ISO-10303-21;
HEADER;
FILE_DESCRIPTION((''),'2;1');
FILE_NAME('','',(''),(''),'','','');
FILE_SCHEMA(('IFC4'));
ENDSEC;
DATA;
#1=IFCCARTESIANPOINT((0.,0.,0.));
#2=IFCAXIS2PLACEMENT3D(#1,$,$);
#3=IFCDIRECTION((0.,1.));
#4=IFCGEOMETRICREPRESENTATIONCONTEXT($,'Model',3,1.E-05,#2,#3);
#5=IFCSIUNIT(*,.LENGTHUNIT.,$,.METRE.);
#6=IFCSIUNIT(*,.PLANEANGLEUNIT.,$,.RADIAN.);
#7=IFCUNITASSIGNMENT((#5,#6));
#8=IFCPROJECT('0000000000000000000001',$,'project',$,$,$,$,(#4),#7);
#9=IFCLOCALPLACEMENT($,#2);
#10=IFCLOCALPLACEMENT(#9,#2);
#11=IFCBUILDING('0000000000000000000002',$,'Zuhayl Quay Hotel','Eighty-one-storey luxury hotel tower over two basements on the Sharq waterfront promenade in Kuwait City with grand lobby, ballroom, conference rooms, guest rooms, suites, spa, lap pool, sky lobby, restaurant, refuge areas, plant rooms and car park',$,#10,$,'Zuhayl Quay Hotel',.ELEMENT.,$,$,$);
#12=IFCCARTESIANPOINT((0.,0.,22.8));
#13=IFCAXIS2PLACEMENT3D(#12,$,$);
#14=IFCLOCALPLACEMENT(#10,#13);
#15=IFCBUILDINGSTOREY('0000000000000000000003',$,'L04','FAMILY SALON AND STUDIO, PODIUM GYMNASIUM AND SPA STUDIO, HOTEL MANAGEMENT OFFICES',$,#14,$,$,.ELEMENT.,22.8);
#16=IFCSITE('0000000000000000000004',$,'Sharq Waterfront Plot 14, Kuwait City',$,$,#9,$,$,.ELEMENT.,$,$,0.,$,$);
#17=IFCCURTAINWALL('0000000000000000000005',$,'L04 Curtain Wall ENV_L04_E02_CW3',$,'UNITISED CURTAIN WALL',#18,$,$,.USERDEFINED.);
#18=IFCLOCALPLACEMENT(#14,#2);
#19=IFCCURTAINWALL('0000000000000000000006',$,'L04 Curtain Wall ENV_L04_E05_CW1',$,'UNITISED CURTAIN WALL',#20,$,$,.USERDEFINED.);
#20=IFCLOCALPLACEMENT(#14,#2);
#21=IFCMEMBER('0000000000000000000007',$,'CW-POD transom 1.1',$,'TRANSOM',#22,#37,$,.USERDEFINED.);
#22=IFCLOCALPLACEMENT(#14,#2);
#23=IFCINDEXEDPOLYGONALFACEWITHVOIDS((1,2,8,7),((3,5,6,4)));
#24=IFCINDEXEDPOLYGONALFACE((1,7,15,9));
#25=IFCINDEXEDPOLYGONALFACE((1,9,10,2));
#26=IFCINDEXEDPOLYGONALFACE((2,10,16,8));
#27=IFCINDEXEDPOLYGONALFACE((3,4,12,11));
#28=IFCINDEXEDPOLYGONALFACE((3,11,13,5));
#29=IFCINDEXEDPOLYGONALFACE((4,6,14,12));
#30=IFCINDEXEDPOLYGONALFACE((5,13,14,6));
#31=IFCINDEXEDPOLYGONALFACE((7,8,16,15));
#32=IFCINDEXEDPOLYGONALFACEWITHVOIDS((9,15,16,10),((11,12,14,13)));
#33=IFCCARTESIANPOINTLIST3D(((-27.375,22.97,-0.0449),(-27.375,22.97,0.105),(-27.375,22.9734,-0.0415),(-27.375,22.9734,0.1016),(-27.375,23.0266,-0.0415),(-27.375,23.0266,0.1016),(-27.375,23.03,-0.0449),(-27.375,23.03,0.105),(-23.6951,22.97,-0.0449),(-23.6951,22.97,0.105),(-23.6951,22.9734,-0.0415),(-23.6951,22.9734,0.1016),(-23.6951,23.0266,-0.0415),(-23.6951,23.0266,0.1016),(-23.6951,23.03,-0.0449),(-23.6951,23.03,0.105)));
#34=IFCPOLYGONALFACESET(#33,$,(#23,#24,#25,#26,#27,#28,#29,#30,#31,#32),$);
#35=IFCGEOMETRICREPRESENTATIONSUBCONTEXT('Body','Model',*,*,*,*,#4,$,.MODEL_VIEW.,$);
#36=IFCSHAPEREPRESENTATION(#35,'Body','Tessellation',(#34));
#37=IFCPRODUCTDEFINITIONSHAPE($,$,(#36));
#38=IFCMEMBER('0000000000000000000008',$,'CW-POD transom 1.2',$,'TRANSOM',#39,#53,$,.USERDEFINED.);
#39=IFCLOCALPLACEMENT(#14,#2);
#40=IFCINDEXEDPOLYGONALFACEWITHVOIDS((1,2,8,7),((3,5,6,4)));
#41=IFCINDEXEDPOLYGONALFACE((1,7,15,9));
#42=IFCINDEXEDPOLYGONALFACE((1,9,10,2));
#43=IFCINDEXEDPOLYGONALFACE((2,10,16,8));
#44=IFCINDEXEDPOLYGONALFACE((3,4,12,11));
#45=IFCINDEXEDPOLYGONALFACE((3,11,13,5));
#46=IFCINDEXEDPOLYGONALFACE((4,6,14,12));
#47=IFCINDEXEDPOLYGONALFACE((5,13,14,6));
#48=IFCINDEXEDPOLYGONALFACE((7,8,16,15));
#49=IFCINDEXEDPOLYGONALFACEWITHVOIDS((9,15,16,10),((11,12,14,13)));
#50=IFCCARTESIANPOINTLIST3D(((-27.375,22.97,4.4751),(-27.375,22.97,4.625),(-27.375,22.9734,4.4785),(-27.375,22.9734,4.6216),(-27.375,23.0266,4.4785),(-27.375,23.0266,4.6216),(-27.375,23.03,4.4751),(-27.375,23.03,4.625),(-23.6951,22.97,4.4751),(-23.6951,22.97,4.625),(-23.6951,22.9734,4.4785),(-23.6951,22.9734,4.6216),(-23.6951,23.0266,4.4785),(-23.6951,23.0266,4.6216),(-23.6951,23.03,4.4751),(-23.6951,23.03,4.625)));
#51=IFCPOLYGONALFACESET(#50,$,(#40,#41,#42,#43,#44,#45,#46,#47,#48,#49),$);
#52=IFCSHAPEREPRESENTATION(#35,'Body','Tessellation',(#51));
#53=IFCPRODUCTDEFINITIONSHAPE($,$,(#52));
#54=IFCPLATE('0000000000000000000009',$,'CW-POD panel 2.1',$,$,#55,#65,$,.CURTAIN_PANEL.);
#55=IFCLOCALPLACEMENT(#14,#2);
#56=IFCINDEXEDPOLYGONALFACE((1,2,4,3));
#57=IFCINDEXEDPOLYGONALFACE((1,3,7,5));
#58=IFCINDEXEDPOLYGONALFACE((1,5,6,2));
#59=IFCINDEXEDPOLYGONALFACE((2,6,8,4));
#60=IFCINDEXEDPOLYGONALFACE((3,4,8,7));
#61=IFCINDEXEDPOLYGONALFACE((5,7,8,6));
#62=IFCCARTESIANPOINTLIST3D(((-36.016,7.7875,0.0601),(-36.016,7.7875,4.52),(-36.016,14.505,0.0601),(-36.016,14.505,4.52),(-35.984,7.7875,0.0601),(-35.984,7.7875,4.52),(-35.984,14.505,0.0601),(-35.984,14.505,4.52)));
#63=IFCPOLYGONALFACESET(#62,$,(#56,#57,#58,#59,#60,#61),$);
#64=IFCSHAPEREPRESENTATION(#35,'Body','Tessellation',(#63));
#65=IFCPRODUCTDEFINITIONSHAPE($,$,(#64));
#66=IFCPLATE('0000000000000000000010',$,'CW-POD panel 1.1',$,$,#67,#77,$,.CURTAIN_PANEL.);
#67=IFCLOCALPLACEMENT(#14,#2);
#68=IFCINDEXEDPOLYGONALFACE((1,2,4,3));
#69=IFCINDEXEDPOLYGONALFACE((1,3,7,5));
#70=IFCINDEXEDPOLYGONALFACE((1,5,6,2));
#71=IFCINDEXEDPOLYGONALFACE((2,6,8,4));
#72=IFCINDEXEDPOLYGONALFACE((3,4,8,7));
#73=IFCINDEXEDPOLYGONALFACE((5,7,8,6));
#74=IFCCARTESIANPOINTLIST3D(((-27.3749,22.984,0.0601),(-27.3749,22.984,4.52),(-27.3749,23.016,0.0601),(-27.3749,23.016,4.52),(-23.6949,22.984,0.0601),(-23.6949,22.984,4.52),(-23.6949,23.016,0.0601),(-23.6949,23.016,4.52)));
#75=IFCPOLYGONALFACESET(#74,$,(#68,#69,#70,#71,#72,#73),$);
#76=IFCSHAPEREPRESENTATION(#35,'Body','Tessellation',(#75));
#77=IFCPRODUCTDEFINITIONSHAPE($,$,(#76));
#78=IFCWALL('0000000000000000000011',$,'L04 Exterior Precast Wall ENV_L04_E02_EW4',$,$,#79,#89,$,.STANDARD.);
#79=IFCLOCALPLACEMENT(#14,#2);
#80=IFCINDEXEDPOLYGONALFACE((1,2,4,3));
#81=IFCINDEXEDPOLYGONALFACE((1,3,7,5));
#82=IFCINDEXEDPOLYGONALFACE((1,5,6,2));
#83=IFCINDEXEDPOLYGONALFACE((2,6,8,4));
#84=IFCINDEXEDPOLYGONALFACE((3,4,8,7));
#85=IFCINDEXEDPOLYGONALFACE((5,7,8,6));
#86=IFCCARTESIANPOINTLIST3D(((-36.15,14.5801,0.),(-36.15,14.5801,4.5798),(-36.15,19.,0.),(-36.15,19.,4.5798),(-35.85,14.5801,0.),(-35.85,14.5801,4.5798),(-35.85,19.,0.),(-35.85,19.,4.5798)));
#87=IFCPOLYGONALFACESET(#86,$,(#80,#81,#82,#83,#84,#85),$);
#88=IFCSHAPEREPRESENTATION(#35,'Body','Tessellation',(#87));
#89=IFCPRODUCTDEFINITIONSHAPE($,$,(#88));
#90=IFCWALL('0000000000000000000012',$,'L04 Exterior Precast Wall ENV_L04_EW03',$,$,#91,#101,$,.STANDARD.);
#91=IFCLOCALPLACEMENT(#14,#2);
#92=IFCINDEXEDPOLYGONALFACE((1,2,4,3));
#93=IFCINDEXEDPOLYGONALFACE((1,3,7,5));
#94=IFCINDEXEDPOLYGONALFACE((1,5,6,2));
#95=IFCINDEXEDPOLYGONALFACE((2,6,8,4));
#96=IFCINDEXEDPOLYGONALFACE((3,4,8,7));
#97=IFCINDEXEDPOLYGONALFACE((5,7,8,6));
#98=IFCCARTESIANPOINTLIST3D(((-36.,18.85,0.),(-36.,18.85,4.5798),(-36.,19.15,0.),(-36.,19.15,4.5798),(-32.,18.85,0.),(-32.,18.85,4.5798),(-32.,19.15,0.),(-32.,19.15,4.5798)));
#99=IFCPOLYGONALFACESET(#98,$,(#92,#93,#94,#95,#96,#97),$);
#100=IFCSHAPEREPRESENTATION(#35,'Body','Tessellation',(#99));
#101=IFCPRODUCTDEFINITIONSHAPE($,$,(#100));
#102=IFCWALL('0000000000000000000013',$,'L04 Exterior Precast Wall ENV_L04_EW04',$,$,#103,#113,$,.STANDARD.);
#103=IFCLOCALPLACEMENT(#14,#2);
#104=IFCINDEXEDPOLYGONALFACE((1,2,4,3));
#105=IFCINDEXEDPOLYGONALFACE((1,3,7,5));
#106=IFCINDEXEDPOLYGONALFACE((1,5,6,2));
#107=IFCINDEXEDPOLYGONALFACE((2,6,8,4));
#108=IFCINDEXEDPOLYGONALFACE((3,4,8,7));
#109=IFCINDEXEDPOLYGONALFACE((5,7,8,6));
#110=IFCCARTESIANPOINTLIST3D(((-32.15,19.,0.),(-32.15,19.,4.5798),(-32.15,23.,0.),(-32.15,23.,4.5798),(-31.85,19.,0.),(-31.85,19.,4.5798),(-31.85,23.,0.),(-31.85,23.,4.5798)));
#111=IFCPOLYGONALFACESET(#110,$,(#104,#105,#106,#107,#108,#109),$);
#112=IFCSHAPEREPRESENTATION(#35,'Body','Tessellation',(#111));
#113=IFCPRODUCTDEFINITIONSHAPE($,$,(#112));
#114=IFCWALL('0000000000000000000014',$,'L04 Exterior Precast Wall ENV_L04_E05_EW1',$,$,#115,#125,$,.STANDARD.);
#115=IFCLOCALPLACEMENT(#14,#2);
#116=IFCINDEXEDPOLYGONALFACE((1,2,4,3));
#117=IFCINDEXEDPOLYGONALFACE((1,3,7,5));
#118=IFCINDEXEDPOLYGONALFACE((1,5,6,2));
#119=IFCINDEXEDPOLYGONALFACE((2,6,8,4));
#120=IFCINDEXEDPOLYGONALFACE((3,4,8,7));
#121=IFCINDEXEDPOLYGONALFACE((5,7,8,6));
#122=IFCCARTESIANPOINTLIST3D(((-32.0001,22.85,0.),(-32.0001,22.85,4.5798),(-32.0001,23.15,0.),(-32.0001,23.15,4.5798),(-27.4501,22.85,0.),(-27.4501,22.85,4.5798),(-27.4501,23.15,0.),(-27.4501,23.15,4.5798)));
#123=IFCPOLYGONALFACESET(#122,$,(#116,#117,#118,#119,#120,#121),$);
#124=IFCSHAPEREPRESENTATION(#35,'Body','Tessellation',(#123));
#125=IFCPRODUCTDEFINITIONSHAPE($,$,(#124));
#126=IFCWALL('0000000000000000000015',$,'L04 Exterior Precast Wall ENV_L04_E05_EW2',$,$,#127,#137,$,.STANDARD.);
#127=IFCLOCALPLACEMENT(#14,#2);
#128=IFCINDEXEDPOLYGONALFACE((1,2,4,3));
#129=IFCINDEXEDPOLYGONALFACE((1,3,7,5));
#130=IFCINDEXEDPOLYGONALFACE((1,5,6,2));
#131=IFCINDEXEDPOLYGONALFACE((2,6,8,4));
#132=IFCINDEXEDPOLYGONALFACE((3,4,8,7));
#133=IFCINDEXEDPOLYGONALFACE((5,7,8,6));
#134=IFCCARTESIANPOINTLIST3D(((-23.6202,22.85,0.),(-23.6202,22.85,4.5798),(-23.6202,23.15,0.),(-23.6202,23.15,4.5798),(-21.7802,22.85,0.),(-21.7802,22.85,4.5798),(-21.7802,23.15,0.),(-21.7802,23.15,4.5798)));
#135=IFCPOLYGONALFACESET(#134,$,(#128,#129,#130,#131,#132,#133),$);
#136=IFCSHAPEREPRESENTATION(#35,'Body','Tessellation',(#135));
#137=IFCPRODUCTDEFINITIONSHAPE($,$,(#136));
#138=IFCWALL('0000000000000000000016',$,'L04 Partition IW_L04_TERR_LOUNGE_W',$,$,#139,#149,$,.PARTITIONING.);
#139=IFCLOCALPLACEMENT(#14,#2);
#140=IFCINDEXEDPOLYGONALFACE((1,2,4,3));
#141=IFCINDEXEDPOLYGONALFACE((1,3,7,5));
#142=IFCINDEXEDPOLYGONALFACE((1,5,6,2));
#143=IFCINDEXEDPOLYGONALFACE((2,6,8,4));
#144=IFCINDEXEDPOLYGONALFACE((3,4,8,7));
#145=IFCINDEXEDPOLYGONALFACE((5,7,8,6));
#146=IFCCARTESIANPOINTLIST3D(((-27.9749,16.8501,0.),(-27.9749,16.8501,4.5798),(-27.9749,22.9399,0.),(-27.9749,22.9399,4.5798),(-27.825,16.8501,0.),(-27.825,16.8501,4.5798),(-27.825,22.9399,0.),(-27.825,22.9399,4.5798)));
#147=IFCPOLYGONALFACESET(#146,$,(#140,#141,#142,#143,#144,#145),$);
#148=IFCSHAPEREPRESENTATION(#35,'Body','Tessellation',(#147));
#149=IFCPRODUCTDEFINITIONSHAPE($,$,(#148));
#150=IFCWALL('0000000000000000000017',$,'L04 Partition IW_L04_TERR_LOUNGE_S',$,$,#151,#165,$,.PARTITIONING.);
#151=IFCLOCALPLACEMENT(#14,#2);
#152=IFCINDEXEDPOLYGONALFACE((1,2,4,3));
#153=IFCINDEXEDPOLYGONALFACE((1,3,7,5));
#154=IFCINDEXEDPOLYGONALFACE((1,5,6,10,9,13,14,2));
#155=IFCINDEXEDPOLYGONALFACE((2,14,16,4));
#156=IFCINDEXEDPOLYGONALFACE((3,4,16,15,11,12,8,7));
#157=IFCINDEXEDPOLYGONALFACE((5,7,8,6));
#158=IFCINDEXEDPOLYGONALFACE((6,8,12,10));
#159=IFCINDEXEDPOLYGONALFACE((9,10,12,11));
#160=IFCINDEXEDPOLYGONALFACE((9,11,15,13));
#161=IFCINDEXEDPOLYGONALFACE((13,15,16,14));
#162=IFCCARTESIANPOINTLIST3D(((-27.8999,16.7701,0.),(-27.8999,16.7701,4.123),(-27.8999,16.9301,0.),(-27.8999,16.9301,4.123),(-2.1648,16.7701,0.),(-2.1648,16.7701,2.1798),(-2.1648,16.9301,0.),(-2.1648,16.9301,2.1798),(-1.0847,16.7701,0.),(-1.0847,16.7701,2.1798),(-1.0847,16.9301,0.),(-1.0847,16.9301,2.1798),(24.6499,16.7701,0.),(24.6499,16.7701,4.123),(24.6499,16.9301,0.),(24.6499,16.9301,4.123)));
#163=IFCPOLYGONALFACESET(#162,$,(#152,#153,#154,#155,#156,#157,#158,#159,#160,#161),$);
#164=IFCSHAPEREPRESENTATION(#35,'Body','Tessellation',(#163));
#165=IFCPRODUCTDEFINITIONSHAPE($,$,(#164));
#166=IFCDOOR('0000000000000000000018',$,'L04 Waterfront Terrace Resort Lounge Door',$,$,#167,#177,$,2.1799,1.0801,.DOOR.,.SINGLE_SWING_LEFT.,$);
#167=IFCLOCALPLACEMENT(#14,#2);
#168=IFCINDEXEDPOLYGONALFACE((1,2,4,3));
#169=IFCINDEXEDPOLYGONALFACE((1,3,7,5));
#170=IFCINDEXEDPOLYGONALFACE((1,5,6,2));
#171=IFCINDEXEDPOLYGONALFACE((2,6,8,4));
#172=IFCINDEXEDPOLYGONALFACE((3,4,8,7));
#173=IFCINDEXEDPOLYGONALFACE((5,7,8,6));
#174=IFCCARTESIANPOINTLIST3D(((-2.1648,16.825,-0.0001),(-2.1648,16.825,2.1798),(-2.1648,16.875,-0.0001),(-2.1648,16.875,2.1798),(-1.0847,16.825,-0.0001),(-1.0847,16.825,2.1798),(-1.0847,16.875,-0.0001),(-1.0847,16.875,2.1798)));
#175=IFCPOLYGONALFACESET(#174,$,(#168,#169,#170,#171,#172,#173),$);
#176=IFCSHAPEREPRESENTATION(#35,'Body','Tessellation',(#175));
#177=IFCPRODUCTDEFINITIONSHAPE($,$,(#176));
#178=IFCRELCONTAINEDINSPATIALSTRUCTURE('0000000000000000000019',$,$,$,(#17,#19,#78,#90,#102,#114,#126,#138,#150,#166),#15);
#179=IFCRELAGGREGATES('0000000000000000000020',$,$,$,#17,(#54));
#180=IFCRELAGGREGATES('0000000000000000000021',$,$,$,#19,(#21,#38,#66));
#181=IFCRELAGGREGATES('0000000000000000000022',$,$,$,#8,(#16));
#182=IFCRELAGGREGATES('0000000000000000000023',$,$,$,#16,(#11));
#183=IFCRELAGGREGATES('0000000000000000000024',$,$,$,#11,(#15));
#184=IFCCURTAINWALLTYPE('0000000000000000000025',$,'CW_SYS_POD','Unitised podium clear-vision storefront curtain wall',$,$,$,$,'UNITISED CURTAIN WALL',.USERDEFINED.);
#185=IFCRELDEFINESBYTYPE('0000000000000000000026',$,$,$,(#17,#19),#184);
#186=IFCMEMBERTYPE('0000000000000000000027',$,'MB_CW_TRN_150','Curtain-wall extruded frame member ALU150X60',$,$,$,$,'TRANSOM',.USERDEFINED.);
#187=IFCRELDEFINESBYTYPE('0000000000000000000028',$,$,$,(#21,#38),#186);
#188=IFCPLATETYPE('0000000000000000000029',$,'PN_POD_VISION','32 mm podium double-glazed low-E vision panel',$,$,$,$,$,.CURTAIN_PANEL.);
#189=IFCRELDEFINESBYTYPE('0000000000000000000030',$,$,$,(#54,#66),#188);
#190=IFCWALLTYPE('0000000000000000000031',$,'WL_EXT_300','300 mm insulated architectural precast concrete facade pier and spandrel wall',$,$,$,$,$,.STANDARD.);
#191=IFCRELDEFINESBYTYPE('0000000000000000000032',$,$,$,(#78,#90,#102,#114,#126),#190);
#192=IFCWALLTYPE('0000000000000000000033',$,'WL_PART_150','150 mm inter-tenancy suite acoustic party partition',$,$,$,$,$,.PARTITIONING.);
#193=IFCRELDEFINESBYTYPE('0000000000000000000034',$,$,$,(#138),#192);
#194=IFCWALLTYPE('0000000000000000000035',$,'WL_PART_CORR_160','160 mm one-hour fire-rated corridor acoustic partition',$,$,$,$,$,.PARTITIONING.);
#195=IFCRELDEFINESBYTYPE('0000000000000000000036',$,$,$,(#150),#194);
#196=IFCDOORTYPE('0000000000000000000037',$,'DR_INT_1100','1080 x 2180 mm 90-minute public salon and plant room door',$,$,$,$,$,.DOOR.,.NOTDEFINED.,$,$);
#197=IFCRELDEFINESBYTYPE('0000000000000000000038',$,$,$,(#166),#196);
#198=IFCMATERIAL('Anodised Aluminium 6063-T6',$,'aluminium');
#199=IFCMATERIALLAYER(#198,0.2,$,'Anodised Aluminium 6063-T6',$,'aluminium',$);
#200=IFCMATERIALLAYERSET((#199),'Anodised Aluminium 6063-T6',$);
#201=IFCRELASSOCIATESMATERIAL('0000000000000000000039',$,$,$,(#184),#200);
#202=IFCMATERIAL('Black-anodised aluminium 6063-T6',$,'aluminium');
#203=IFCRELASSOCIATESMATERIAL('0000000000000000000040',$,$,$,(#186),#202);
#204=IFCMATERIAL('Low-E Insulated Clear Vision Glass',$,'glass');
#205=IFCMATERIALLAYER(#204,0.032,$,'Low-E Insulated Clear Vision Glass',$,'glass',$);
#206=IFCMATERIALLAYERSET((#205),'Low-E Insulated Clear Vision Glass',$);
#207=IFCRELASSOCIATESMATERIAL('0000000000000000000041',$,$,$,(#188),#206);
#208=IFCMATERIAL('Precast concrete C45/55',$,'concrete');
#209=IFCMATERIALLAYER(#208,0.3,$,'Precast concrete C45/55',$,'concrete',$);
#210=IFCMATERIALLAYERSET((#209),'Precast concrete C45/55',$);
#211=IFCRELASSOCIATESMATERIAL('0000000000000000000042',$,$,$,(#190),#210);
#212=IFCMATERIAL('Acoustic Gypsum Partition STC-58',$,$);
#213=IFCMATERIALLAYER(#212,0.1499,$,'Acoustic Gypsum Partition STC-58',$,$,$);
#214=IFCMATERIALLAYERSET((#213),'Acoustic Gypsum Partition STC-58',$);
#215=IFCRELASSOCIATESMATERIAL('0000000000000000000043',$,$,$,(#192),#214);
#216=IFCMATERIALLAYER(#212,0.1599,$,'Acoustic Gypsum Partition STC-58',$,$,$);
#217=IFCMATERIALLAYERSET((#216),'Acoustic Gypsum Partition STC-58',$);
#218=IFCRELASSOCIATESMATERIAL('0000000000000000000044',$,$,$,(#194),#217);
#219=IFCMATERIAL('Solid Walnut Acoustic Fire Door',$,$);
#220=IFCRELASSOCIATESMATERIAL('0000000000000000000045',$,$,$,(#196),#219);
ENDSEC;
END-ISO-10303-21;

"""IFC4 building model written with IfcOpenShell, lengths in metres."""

from ifc_helpers import new_model, si_unit, direction, frame, frame_2d, origin, origin_2d, place, context, subcontext, project, spatial, rectangle, hollow_rectangle, extrude, material, layer, layer_set, material_profile, profile_set, type_object, element, fill, aggregate, save


model = new_model("IFC4")

# Units and contexts
model_context = context("Model", 3, precision=1e-05, world=origin(), true_north=direction((0.0, 1.0)))
body_context = subcontext(model_context, "Body", "Model", "MODEL_VIEW")
ifc_project = project(units=[si_unit("LENGTHUNIT", "METRE"), si_unit("PLANEANGLEUNIT", "RADIAN")], contexts=[model_context])

# Site, building, storey
site_placement = place(None, origin())
site = spatial("IfcSite", under=ifc_project, at=site_placement, Name="Sharq Waterfront Plot 14, Kuwait City", CompositionType="ELEMENT", RefElevation=0.0)
building_placement = place(site_placement, origin())
building = spatial("IfcBuilding", under=site, at=building_placement, Name="Zuhayl Quay Hotel", Description="Eighty-one-storey luxury hotel tower over two basements on the Sharq waterfront promenade in Kuwait City with grand lobby, ballroom, conference rooms, guest rooms, suites, spa, lap pool, sky lobby, restaurant, refuge areas, plant rooms and car park", LongName="Zuhayl Quay Hotel", CompositionType="ELEMENT")
storey_placement = place(building_placement, frame((0.0, 0.0, 22.8)))
storey = spatial("IfcBuildingStorey", under=building, at=storey_placement, Name="L04", Description="FAMILY SALON AND STUDIO, PODIUM GYMNASIUM AND SPA STUDIO, HOTEL MANAGEMENT OFFICES", CompositionType="ELEMENT", Elevation=22.8)

# Curtain walls
ifc_material_1 = material(Name="Anodised Aluminium 6063-T6", Category="aluminium")
ifc_layer_1 = layer(ifc_material_1, 0.2, Name="Anodised Aluminium 6063-T6", Category="aluminium")
ifc_layer_set_1 = layer_set([ifc_layer_1], Name="Anodised Aluminium 6063-T6")
curtain_wall_type = type_object("IfcCurtainWallType", Name="CW_SYS_POD", Description="Unitised podium clear-vision storefront curtain wall", ElementType="UNITISED CURTAIN WALL", PredefinedType="USERDEFINED", material=ifc_layer_set_1)
curtain_wall_1_placement = place(storey_placement, origin())
curtain_wall_1 = element("IfcCurtainWall", 1, at=curtain_wall_1_placement, inside=storey, type_object=curtain_wall_type, Name="L04 Curtain Wall ENV_L04_E02_CW3", ObjectType="UNITISED CURTAIN WALL", PredefinedType="USERDEFINED")
ifc_material_2 = material(Name="Black-anodised aluminium 6063-T6", Category="aluminium")
curtain_wall_2_placement = place(storey_placement, origin())
curtain_wall_2 = element("IfcCurtainWall", 2, at=curtain_wall_2_placement, inside=storey, type_object=curtain_wall_type, Name="L04 Curtain Wall ENV_L04_E05_CW1", ObjectType="UNITISED CURTAIN WALL", PredefinedType="USERDEFINED")

# Members
ifc_material_profile_1 = material_profile(ifc_material_2, hollow_rectangle(XDim=0.0601, YDim=0.1499, WallThickness=0.0034, at=origin_2d()), Name="ALU150X60")
ifc_profile_set_1 = profile_set([ifc_material_profile_1], Name="Black-anodised aluminium 6063-T6")
member_type_1 = type_object("IfcMemberType", Name="MB_CW_TRN_150", Description="Curtain-wall extruded frame member ALU150X60", ElementType="TRANSOM", PredefinedType="USERDEFINED", material=ifc_profile_set_1)
member_1_placement = place(storey_placement, frame((-27.375, 23.0, 0.03), z_axis=(1.0, 0.0, 0.0), x_axis=(0.0, 1.0, 0.0)))
member_1 = element("IfcMember", 3, at=member_1_placement, type_object=member_type_1, Name="CW-POD transom 1.1", ObjectType="TRANSOM", PredefinedType="USERDEFINED", context=body_context, shape_type="SweptSolid", body=[
    extrude(hollow_rectangle(XDim=0.0601, YDim=0.1499, WallThickness=0.0034, at=origin_2d()), origin(), (0.0, 0.0, 1.0), 3.6799),
])
member_2_placement = place(storey_placement, frame((-27.375, 23.0, 4.55), z_axis=(1.0, 0.0, 0.0), x_axis=(0.0, 1.0, 0.0)))
member_2 = element("IfcMember", 4, at=member_2_placement, type_object=member_type_1, Name="CW-POD transom 1.2", ObjectType="TRANSOM", PredefinedType="USERDEFINED", context=body_context, shape_type="SweptSolid", body=[
    extrude(hollow_rectangle(XDim=0.0601, YDim=0.1499, WallThickness=0.0034, at=origin_2d()), origin(), (0.0, 0.0, 1.0), 3.6799),
])

# Plates
ifc_material_3 = material(Name="Low-E Insulated Clear Vision Glass", Category="glass")
ifc_layer_2 = layer(ifc_material_3, 0.032, Name="Low-E Insulated Clear Vision Glass", Category="glass")
ifc_layer_set_2 = layer_set([ifc_layer_2], Name="Low-E Insulated Clear Vision Glass")
plate_type = type_object("IfcPlateType", Name="PN_POD_VISION", Description="32 mm podium double-glazed low-E vision panel", PredefinedType="CURTAIN_PANEL", material=ifc_layer_set_2)
plate_1_placement = place(storey_placement, frame((-36.0, 11.1462, 0.0601), z_axis=(0.0, 0.0, 1.0), x_axis=(0.0, 1.0, 0.0)))
plate_1 = element("IfcPlate", 5, at=plate_1_placement, type_object=plate_type, Name="CW-POD panel 2.1", PredefinedType="CURTAIN_PANEL", context=body_context, shape_type="SweptSolid", body=[
    extrude(rectangle(XDim=6.7175, YDim=0.032, at=origin_2d()), origin(), (0.0, 0.0, 1.0), 4.46),
])
aggregate(curtain_wall_1, [plate_1])
plate_2_placement = place(storey_placement, frame((-25.5349, 23.0, 0.0601), z_axis=(0.0, 0.0, 1.0), x_axis=(1.0, 0.0, 0.0)))
plate_2 = element("IfcPlate", 6, at=plate_2_placement, type_object=plate_type, Name="CW-POD panel 1.1", PredefinedType="CURTAIN_PANEL", context=body_context, shape_type="SweptSolid", body=[
    extrude(rectangle(XDim=3.6799, YDim=0.032, at=origin_2d()), origin(), (0.0, 0.0, 1.0), 4.46),
])
aggregate(curtain_wall_2, [member_1, member_2, plate_2])

# Walls
ifc_material_4 = material(Name="Precast concrete C45/55", Category="concrete")
ifc_layer_3 = layer(ifc_material_4, 0.3, Name="Precast concrete C45/55", Category="concrete")
ifc_layer_set_3 = layer_set([ifc_layer_3], Name="Precast concrete C45/55")
wall_type_1 = type_object("IfcWallType", Name="WL_EXT_300", Description="300 mm insulated architectural precast concrete facade pier and spandrel wall", PredefinedType="STANDARD", material=ifc_layer_set_3)
wall_1_placement = place(storey_placement, frame((-36.0, 14.5801, 0.0), z_axis=(0.0, 0.0, 1.0), x_axis=(0.0, 1.0, 0.0)))
element("IfcWall", 7, at=wall_1_placement, inside=storey, type_object=wall_type_1, Name="L04 Exterior Precast Wall ENV_L04_E02_EW4", PredefinedType="STANDARD", context=body_context, shape_type="SweptSolid", body=[
    extrude(rectangle(XDim=4.4199, YDim=0.3, at=frame_2d((2.21, 0.0))), origin(), (0.0, 0.0, 1.0), 4.5798),
])
for number, where, z_axis, x_axis, name in (
    (8, (-36.0, 19.0, 0.0), (0.0, 0.0, 1.0), (1.0, 0.0, 0.0), "L04 Exterior Precast Wall ENV_L04_EW03"),
    (9, (-32.0, 19.0, 0.0), (0.0, 0.0, 1.0), (0.0, 1.0, 0.0), "L04 Exterior Precast Wall ENV_L04_EW04"),
):
    element("IfcWall", number, at=place(storey_placement, frame(where, z_axis=z_axis, x_axis=x_axis)), inside=storey, type_object=wall_type_1, Name=name, PredefinedType="STANDARD", context=body_context, shape_type="SweptSolid", body=[
        extrude(rectangle(XDim=4.0, YDim=0.3, at=frame_2d((2.0, 0.0))), origin(), (0.0, 0.0, 1.0), 4.5798),
    ])
wall_2_placement = place(storey_placement, frame((-32.0, 23.0, 0.0), z_axis=(0.0, 0.0, 1.0), x_axis=(1.0, 0.0, 0.0)))
element("IfcWall", 10, at=wall_2_placement, inside=storey, type_object=wall_type_1, Name="L04 Exterior Precast Wall ENV_L04_E05_EW1", PredefinedType="STANDARD", context=body_context, shape_type="SweptSolid", body=[
    extrude(rectangle(XDim=4.55, YDim=0.3, at=frame_2d((2.2749, 0.0))), origin(), (0.0, 0.0, 1.0), 4.5798),
])
wall_3_placement = place(storey_placement, frame((-23.6201, 23.0, 0.0), z_axis=(0.0, 0.0, 1.0), x_axis=(1.0, 0.0, 0.0)))
element("IfcWall", 11, at=wall_3_placement, inside=storey, type_object=wall_type_1, Name="L04 Exterior Precast Wall ENV_L04_E05_EW2", PredefinedType="STANDARD", context=body_context, shape_type="SweptSolid", body=[
    extrude(rectangle(XDim=1.8401, YDim=0.3, at=frame_2d((0.9199, 0.0))), origin(), (0.0, 0.0, 1.0), 4.5798),
])
ifc_material_5 = material(Name="Acoustic Gypsum Partition STC-58")
ifc_layer_4 = layer(ifc_material_5, 0.1499, Name="Acoustic Gypsum Partition STC-58")
ifc_layer_set_4 = layer_set([ifc_layer_4], Name="Acoustic Gypsum Partition STC-58")
wall_type_2 = type_object("IfcWallType", Name="WL_PART_150", Description="150 mm inter-tenancy suite acoustic party partition", PredefinedType="PARTITIONING", material=ifc_layer_set_4)
wall_4_placement = place(storey_placement, frame((-27.8999, 16.8501, 0.0), z_axis=(0.0, 0.0, 1.0), x_axis=(0.0, 1.0, 0.0)))
element("IfcWall", 12, at=wall_4_placement, inside=storey, type_object=wall_type_2, Name="L04 Partition IW_L04_TERR_LOUNGE_W", PredefinedType="PARTITIONING", context=body_context, shape_type="SweptSolid", body=[
    extrude(rectangle(XDim=6.0898, YDim=0.1499, at=frame_2d((3.0449, 0.0))), origin(), (0.0, 0.0, 1.0), 4.5798),
])

# Wall, opening, door
ifc_layer_5 = layer(ifc_material_5, 0.1599, Name="Acoustic Gypsum Partition STC-58")
ifc_layer_set_5 = layer_set([ifc_layer_5], Name="Acoustic Gypsum Partition STC-58")
wall_type_3 = type_object("IfcWallType", Name="WL_PART_CORR_160", Description="160 mm one-hour fire-rated corridor acoustic partition", PredefinedType="PARTITIONING", material=ifc_layer_set_5)
wall_5_placement = place(storey_placement, frame((-27.8999, 16.8501, 0.0), z_axis=(0.0, 0.0, 1.0), x_axis=(1.0, 0.0, 0.0)))
wall_5 = element("IfcWall", 13, at=wall_5_placement, inside=storey, type_object=wall_type_3, Name="L04 Partition IW_L04_TERR_LOUNGE_S", PredefinedType="PARTITIONING", context=body_context, shape_type="SweptSolid", body=[
    extrude(rectangle(XDim=52.5498, YDim=0.1599, at=frame_2d((26.2749, 0.0))), origin(), (0.0, 0.0, 1.0), 4.123),
])
opening_placement = place(wall_5_placement, frame((25.7351, 0.0, 0.0)))
opening = element("IfcOpeningElement", 14, at=opening_placement, cuts=wall_5, PredefinedType="OPENING", context=body_context, shape_type="SweptSolid", body=[
    extrude(rectangle(XDim=1.0801, YDim=2.1799, at=frame_2d((0.54, 1.0898))), frame((0.0, 0.0898, 0.0), z_axis=(0.0, -1.0, 0.0), x_axis=(1.0, 0.0, 0.0)), (0.0, 0.0, 1.0), 0.1799),
])
ifc_material_6 = material(Name="Solid Walnut Acoustic Fire Door")
door_type = type_object("IfcDoorType", Name="DR_INT_1100", Description="1080 x 2180 mm 90-minute public salon and plant room door", OperationType="NOTDEFINED", PredefinedType="DOOR", material=ifc_material_6)
door_placement = place(opening_placement, origin())
door = element("IfcDoor", 15, at=door_placement, inside=storey, type_object=door_type, Name="L04 Waterfront Terrace Resort Lounge Door", OperationType="SINGLE_SWING_LEFT", OverallHeight=2.1799, OverallWidth=1.0801, PredefinedType="DOOR", context=body_context, shape_type="SweptSolid", body=[
    extrude(rectangle(XDim=1.0801, YDim=2.1799, at=frame_2d((0.54, 1.0898))), frame((0.0, 0.0249, 0.0), z_axis=(0.0, -1.0, 0.0), x_axis=(1.0, 0.0, 0.0)), (0.0, 0.0, 1.0), 0.05),
])
fill(opening, door)

save(model, "model.ifc")
